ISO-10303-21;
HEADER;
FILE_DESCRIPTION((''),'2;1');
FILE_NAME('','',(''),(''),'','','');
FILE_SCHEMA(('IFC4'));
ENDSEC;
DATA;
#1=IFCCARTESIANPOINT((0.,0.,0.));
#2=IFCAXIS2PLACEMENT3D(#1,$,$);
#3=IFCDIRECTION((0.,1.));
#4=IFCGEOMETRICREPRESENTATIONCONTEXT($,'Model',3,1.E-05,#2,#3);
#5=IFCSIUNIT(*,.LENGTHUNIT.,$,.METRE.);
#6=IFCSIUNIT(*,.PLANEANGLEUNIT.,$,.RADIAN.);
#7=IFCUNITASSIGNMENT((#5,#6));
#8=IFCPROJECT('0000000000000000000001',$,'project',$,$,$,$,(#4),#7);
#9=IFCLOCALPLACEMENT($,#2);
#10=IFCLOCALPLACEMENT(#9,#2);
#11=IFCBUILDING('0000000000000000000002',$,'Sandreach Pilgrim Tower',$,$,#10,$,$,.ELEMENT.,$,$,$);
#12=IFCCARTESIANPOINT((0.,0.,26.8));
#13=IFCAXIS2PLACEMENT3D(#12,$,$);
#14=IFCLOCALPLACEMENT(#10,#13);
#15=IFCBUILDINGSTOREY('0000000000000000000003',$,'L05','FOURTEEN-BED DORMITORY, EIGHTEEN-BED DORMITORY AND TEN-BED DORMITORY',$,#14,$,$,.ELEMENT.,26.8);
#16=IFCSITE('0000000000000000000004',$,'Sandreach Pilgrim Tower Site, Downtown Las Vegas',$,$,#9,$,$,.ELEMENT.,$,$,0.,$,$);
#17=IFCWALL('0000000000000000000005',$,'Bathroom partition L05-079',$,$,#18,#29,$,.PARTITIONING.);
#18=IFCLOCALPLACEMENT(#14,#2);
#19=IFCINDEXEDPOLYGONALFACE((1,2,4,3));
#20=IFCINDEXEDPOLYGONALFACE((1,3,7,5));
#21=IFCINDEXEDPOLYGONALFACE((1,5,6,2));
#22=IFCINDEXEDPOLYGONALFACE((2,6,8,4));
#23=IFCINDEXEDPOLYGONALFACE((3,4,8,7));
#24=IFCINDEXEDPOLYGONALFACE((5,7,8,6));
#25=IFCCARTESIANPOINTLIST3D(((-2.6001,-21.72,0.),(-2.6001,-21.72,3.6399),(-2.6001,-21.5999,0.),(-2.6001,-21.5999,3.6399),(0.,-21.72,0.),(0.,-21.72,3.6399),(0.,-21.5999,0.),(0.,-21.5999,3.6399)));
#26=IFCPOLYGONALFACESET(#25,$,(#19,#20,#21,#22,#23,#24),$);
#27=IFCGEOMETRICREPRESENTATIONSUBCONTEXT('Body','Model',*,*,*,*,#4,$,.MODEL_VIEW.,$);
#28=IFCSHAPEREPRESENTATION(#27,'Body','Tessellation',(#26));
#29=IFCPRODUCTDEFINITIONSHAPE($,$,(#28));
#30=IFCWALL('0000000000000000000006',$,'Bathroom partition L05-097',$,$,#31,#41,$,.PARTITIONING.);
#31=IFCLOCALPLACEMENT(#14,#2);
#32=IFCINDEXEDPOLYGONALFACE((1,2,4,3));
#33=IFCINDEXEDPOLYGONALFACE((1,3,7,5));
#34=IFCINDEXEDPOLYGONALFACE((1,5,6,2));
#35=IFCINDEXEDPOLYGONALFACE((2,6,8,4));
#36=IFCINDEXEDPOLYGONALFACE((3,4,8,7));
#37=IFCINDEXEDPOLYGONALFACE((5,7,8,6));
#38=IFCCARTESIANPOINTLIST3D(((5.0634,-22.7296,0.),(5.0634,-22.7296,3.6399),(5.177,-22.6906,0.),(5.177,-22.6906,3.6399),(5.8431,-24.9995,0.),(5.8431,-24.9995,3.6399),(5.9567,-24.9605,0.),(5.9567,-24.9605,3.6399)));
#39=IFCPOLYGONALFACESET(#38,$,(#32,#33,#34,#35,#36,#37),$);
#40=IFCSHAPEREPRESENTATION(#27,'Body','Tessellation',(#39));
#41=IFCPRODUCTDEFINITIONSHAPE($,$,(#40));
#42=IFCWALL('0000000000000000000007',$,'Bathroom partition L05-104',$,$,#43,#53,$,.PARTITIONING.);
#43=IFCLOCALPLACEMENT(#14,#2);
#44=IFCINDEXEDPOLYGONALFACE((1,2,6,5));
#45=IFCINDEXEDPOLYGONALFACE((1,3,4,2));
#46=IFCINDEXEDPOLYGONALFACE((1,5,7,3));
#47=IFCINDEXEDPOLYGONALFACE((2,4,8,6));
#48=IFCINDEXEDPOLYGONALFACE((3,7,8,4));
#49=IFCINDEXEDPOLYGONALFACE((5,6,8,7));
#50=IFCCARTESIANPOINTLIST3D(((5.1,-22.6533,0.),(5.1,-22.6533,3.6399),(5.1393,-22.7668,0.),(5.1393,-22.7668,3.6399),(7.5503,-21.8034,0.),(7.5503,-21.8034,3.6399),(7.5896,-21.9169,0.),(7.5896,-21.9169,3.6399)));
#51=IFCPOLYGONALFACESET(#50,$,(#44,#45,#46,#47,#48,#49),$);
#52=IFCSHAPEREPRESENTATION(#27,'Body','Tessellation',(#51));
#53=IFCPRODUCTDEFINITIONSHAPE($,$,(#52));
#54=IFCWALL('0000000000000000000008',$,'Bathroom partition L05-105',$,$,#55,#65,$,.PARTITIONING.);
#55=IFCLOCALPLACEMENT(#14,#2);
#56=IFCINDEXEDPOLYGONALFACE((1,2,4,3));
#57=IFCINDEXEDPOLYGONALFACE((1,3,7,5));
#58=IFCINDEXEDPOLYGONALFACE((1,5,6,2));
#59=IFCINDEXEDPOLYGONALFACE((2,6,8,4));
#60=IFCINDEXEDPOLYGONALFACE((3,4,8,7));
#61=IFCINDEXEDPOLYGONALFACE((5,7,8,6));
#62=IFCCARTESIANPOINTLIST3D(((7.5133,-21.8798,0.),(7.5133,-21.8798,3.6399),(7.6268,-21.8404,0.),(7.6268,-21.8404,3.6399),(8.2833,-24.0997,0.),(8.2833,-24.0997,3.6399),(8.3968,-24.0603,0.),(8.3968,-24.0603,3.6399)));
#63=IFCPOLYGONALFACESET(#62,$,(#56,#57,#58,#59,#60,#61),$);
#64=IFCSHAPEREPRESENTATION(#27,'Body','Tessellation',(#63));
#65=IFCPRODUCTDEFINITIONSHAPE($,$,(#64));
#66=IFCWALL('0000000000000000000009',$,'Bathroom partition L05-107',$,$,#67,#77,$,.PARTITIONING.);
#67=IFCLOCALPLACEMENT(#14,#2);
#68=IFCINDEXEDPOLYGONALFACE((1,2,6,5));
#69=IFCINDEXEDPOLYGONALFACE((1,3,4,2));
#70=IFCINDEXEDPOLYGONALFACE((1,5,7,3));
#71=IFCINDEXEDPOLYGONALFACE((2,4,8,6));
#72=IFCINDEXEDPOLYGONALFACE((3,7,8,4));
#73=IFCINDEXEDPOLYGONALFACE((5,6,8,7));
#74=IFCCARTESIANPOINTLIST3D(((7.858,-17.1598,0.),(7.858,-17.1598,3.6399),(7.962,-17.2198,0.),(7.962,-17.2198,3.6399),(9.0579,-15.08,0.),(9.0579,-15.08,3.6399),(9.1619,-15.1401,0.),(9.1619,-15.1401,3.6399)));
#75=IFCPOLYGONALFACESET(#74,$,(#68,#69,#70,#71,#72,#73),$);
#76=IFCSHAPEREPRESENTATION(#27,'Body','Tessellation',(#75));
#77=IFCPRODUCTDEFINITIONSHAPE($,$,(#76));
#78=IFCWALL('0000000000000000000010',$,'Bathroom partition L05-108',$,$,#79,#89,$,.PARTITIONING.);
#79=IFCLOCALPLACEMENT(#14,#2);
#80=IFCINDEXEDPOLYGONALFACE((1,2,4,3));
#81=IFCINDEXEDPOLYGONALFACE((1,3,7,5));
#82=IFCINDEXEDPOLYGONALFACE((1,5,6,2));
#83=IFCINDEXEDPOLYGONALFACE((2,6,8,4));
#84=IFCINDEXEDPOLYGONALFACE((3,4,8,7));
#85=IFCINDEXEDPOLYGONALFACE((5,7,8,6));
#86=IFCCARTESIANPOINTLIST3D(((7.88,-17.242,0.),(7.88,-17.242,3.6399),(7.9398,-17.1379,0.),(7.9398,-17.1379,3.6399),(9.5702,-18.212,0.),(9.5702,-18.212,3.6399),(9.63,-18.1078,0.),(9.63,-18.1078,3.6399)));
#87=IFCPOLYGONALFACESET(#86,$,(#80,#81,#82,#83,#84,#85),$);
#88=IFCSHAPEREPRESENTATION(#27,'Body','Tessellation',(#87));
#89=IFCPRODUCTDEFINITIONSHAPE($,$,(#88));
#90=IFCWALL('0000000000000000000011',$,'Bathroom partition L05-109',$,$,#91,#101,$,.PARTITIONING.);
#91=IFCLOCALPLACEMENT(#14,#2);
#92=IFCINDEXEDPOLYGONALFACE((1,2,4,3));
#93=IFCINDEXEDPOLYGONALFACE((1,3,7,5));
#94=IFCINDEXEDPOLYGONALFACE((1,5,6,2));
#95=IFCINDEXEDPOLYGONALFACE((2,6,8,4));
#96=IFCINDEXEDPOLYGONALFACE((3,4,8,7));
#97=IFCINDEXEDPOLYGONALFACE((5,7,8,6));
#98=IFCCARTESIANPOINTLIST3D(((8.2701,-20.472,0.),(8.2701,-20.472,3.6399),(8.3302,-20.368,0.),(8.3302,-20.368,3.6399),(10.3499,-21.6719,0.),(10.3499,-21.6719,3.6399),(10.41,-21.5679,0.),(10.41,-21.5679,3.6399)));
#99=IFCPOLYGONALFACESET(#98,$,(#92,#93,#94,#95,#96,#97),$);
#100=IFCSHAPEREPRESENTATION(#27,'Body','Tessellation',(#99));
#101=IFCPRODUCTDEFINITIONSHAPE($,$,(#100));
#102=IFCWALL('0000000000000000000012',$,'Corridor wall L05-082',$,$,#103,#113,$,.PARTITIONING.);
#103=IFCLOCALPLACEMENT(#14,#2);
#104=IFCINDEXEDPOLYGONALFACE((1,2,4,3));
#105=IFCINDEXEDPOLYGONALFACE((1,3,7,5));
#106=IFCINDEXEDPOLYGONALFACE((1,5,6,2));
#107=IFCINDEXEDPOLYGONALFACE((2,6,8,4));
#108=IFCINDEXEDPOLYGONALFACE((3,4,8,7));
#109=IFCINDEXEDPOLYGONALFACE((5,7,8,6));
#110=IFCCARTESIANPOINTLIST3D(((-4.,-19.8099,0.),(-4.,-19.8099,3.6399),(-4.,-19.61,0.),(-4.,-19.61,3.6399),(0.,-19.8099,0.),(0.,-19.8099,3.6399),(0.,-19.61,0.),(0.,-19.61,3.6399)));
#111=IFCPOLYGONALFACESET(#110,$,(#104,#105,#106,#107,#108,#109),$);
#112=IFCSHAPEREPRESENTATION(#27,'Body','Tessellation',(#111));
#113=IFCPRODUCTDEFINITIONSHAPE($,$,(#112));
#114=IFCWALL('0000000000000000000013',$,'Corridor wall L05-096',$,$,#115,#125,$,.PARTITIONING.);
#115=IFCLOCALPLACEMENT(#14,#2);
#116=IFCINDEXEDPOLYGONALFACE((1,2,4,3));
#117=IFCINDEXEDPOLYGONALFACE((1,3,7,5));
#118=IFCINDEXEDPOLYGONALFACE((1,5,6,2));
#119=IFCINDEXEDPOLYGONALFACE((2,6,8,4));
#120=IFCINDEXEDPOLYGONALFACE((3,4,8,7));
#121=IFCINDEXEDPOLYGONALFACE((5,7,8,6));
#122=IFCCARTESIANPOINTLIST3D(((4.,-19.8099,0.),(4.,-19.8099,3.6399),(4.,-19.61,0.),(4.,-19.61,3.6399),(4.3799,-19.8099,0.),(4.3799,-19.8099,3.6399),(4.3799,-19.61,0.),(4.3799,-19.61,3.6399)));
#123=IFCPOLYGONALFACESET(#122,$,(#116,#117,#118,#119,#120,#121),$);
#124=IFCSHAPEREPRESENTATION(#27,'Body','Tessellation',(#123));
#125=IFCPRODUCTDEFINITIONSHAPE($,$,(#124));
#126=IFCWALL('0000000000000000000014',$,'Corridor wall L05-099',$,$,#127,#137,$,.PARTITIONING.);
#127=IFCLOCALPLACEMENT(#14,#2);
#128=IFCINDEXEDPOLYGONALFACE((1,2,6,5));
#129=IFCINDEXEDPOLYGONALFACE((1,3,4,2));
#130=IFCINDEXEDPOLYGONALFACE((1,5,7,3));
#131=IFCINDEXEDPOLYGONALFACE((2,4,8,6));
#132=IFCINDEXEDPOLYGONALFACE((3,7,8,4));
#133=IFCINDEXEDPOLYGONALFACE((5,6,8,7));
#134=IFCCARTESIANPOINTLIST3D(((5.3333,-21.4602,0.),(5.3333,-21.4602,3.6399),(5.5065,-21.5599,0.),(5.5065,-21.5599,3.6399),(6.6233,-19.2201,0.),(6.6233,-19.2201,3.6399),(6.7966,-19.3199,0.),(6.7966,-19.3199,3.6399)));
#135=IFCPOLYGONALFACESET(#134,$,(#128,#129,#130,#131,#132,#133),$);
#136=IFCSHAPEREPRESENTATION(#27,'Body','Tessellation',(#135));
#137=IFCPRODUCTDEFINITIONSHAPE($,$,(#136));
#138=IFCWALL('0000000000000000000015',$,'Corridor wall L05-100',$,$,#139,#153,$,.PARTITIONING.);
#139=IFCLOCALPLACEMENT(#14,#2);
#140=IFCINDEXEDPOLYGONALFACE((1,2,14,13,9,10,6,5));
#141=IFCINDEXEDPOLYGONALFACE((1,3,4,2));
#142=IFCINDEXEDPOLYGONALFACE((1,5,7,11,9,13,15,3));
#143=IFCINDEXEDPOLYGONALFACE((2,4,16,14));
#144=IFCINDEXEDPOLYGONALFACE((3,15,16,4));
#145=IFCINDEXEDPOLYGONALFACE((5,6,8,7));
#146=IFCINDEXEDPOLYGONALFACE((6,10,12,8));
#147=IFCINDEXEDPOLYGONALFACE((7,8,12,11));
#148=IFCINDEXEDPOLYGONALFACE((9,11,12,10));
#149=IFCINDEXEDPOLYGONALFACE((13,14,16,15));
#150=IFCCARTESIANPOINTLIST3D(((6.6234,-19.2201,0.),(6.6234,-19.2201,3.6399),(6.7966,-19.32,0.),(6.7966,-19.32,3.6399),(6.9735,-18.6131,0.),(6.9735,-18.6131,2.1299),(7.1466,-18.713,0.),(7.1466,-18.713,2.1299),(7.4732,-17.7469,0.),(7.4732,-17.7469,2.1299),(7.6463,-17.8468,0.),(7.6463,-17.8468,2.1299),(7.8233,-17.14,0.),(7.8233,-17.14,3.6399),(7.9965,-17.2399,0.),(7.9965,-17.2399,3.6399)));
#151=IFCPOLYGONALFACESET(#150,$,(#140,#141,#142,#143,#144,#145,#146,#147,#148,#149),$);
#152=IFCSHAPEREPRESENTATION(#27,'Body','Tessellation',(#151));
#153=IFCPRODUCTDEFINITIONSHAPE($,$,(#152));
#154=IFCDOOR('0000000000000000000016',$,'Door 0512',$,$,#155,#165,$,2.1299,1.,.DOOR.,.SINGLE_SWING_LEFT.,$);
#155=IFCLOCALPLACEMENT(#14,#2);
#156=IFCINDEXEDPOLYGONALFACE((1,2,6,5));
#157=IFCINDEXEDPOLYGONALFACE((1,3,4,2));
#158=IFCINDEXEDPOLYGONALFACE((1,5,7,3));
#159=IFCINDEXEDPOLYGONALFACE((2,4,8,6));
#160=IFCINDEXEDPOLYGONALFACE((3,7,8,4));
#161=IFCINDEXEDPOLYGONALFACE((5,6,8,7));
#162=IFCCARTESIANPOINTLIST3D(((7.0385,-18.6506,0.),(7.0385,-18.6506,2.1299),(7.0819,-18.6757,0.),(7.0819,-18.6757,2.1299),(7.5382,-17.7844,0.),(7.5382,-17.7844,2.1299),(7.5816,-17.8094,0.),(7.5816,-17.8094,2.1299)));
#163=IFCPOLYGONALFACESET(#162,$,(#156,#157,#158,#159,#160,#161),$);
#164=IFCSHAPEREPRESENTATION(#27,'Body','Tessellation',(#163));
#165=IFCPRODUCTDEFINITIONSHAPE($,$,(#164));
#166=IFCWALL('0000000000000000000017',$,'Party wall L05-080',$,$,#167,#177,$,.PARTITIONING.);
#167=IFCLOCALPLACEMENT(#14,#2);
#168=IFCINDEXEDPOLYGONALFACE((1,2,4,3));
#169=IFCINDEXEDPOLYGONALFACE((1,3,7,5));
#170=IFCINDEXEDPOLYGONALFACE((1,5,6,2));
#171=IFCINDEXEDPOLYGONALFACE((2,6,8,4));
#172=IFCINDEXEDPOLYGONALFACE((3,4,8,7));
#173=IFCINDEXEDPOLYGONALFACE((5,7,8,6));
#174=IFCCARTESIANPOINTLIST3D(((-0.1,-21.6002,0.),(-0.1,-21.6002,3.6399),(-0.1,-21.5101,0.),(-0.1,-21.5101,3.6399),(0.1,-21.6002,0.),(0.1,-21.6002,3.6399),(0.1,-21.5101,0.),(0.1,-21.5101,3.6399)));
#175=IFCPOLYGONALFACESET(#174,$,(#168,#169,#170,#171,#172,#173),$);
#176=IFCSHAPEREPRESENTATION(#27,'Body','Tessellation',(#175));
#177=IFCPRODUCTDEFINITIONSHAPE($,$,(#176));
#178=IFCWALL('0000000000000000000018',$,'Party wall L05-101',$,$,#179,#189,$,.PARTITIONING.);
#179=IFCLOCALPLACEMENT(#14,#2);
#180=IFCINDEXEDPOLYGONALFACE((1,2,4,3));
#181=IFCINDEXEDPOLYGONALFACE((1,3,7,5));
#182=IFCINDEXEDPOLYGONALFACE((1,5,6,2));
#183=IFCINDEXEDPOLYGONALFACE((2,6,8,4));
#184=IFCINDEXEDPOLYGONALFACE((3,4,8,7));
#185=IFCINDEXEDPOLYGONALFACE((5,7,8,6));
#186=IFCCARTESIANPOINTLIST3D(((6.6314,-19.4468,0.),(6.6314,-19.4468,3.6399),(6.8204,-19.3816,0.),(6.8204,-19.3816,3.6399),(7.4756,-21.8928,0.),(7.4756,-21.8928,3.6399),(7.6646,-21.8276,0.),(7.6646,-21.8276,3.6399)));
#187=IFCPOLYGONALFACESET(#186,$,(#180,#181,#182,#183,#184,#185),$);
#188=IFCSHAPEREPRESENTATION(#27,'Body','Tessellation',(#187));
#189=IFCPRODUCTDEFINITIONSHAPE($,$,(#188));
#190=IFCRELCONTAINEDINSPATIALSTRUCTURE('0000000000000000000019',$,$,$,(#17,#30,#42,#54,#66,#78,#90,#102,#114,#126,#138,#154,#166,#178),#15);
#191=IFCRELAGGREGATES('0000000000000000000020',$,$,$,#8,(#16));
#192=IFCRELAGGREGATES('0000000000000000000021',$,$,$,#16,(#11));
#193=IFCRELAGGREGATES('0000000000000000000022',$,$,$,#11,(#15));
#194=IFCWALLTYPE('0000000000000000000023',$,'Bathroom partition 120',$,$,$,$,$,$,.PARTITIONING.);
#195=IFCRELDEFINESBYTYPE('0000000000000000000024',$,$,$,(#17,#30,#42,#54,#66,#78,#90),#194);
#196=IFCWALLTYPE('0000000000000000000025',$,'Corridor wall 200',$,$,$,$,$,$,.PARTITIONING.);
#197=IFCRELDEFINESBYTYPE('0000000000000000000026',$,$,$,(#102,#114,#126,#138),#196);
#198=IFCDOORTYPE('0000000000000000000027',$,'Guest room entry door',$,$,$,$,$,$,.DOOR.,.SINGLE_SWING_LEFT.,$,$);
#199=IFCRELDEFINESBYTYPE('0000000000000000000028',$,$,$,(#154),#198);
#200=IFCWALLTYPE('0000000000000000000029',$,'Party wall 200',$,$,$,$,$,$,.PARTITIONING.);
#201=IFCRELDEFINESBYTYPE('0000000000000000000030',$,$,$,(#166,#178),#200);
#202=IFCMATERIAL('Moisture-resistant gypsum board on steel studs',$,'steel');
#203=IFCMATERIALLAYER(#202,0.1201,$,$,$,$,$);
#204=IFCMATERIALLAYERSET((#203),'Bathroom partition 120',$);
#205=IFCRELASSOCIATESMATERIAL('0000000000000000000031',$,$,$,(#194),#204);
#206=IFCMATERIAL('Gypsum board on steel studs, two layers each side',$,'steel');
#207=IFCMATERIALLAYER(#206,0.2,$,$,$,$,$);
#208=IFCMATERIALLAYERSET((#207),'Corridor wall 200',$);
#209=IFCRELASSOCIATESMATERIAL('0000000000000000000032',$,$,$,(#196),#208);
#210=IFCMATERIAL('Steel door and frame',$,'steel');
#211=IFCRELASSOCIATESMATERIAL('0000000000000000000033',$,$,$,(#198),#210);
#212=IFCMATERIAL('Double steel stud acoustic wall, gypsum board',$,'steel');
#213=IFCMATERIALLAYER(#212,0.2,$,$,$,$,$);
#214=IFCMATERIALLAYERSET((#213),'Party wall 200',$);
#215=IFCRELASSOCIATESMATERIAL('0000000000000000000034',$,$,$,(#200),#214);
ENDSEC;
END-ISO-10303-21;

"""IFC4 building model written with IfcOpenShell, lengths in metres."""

from ifc_helpers import new_model, si_unit, direction, frame, frame_2d, origin, place, context, subcontext, project, spatial, rectangle, extrude, material, layer, layer_set, type_object, element, fill, save


model = new_model("IFC4")

# Units and contexts
model_context = context("Model", 3, precision=1e-05, world=origin(), true_north=direction((0.0, 1.0)))
body_context = subcontext(model_context, "Body", "Model", "MODEL_VIEW")
ifc_project = project(units=[si_unit("LENGTHUNIT", "METRE"), si_unit("PLANEANGLEUNIT", "RADIAN")], contexts=[model_context])

# Site, building, storey
site_placement = place(None, origin())
site = spatial("IfcSite", under=ifc_project, at=site_placement, Name="Sandreach Pilgrim Tower Site, Downtown Las Vegas", CompositionType="ELEMENT", RefElevation=0.0)
building_placement = place(site_placement, origin())
building = spatial("IfcBuilding", under=site, at=building_placement, Name="Sandreach Pilgrim Tower", CompositionType="ELEMENT")
storey_placement = place(building_placement, frame((0.0, 0.0, 26.8)))
storey = spatial("IfcBuildingStorey", under=building, at=storey_placement, Name="L05", Description="FOURTEEN-BED DORMITORY, EIGHTEEN-BED DORMITORY AND TEN-BED DORMITORY", CompositionType="ELEMENT", Elevation=26.8)

# Walls
ifc_material_1 = material(Name="Moisture-resistant gypsum board on steel studs", Category="steel")
ifc_layer_1 = layer(ifc_material_1, 0.1201)
ifc_layer_set_1 = layer_set([ifc_layer_1], Name="Bathroom partition 120")
wall_type_1 = type_object("IfcWallType", Name="Bathroom partition 120", PredefinedType="PARTITIONING", material=ifc_layer_set_1)
wall_1_placement = place(storey_placement, frame((0.0, -21.6599, 0.0), z_axis=(0.0, 0.0, 1.0), x_axis=(-1.0, 0.0, 0.0)))
element("IfcWall", 1, at=wall_1_placement, inside=storey, type_object=wall_type_1, Name="Bathroom partition L05-079", PredefinedType="PARTITIONING", context=body_context, shape_type="SweptSolid", body=[
    extrude(rectangle(XDim=2.6001, YDim=0.1201, at=frame_2d((1.3, 0.0))), origin(), (0.0, 0.0, 1.0), 3.6399),
])
wall_2_placement = place(storey_placement, frame((5.1201, -22.71, 0.0), z_axis=(0.0, 0.0, 1.0), x_axis=(0.324881, -0.945755, 0.0)))
element("IfcWall", 2, at=wall_2_placement, inside=storey, type_object=wall_type_1, Name="Bathroom partition L05-097", PredefinedType="PARTITIONING", context=body_context, shape_type="SweptSolid", body=[
    extrude(rectangle(XDim=2.4001, YDim=0.1201, at=frame_2d((1.2002, 0.0))), origin(), (0.0, 0.0, 1.0), 3.6399),
])
wall_3_placement = place(storey_placement, frame((7.5701, -21.8601, 0.0), z_axis=(0.0, 0.0, 1.0), x_axis=(-0.944782, -0.327699, 0.0)))
element("IfcWall", 3, at=wall_3_placement, inside=storey, type_object=wall_type_1, Name="Bathroom partition L05-104", PredefinedType="PARTITIONING", context=body_context, shape_type="SweptSolid", body=[
    extrude(rectangle(XDim=2.5935, YDim=0.1201, at=frame_2d((1.2969, 0.0))), origin(), (0.0, 0.0, 1.0), 3.6399),
])
wall_4_placement = place(storey_placement, frame((7.5701, -21.8601, 0.0), z_axis=(0.0, 0.0, 1.0), x_axis=(0.327706, -0.94478, 0.0)))
element("IfcWall", 4, at=wall_4_placement, inside=storey, type_object=wall_type_1, Name="Bathroom partition L05-105", PredefinedType="PARTITIONING", context=body_context, shape_type="SweptSolid", body=[
    extrude(rectangle(XDim=2.3496, YDim=0.1201, at=frame_2d((1.1748, 0.0))), origin(), (0.0, 0.0, 1.0), 3.6399),
])
wall_5_placement = place(storey_placement, frame((7.9099, -17.1899, 0.0), z_axis=(0.0, 0.0, 1.0), x_axis=(0.499737, 0.866177, 0.0)))
element("IfcWall", 5, at=wall_5_placement, inside=storey, type_object=wall_type_1, Name="Bathroom partition L05-107", PredefinedType="PARTITIONING", context=body_context, shape_type="SweptSolid", body=[
    extrude(rectangle(XDim=2.4011, YDim=0.1201, at=frame_2d((1.2007, 0.0))), origin(), (0.0, 0.0, 1.0), 3.6399),
])
wall_6_placement = place(storey_placement, frame((7.9099, -17.1899, 0.0), z_axis=(0.0, 0.0, 1.0), x_axis=(0.867324, -0.497744, 0.0)))
element("IfcWall", 6, at=wall_6_placement, inside=storey, type_object=wall_type_1, Name="Bathroom partition L05-108", PredefinedType="PARTITIONING", context=body_context, shape_type="SweptSolid", body=[
    extrude(rectangle(XDim=1.9487, YDim=0.1201, at=frame_2d((0.9744, 0.0))), origin(), (0.0, 0.0, 1.0), 3.6399),
])
wall_7_placement = place(storey_placement, frame((8.3, -20.4199, 0.0), z_axis=(0.0, 0.0, 1.0), x_axis=(0.866177, -0.499737, 0.0)))
element("IfcWall", 7, at=wall_7_placement, inside=storey, type_object=wall_type_1, Name="Bathroom partition L05-109", PredefinedType="PARTITIONING", context=body_context, shape_type="SweptSolid", body=[
    extrude(rectangle(XDim=2.4011, YDim=0.1201, at=frame_2d((1.2007, 0.0))), origin(), (0.0, 0.0, 1.0), 3.6399),
])

# Shared definitions
ifc_material_2 = material(Name="Gypsum board on steel studs, two layers each side", Category="steel")
ifc_layer_2 = layer(ifc_material_2, 0.2)
ifc_layer_set_2 = layer_set([ifc_layer_2], Name="Corridor wall 200")
wall_type_2 = type_object("IfcWallType", Name="Corridor wall 200", PredefinedType="PARTITIONING", material=ifc_layer_set_2)
ifc_material_3 = material(Name="Steel door and frame", Category="steel")
door_type_1 = type_object("IfcDoorType", Name="Guest room entry door", OperationType="SINGLE_SWING_LEFT", PredefinedType="DOOR", material=ifc_material_3)

# Wall
wall_8_placement = place(storey_placement, frame((0.0, -19.71, 0.0), z_axis=(0.0, 0.0, 1.0), x_axis=(-1.0, 0.0, 0.0)))
element("IfcWall", 8, at=wall_8_placement, inside=storey, type_object=wall_type_2, Name="Corridor wall L05-082", PredefinedType="PARTITIONING", context=body_context, shape_type="SweptSolid", body=[
    extrude(rectangle(XDim=4.0, YDim=0.2, at=frame_2d((2.0, 0.0))), origin(), (0.0, 0.0, 1.0), 3.6399),
])

# Walls
wall_9_placement = place(storey_placement, frame((4.3799, -19.71, 0.0), z_axis=(0.0, 0.0, 1.0), x_axis=(-1.0, 0.0, 0.0)))
element("IfcWall", 9, at=wall_9_placement, inside=storey, type_object=wall_type_2, Name="Corridor wall L05-096", PredefinedType="PARTITIONING", context=body_context, shape_type="SweptSolid", body=[
    extrude(rectangle(XDim=0.3799, YDim=0.2, at=frame_2d((0.1899, 0.0))), origin(), (0.0, 0.0, 1.0), 3.6399),
])
wall_10_placement = place(storey_placement, frame((6.71, -19.27, 0.0), z_axis=(0.0, 0.0, 1.0), x_axis=(-0.499065, -0.866564, 0.0)))
element("IfcWall", 10, at=wall_10_placement, inside=storey, type_object=wall_type_2, Name="Corridor wall L05-099", PredefinedType="PARTITIONING", context=body_context, shape_type="SweptSolid", body=[
    extrude(rectangle(XDim=2.585, YDim=0.2, at=frame_2d((1.2925, 0.0))), origin(), (0.0, 0.0, 1.0), 3.6399),
])

# Wall, opening, door
wall_11_placement = place(storey_placement, frame((6.71, -19.27, 0.0), z_axis=(0.0, 0.0, 1.0), x_axis=(0.499693, 0.866203, 0.0)))
wall_11 = element("IfcWall", 11, at=wall_11_placement, inside=storey, type_object=wall_type_2, Name="Corridor wall L05-100", PredefinedType="PARTITIONING", context=body_context, shape_type="SweptSolid", body=[
    extrude(rectangle(XDim=2.4014, YDim=0.2, at=frame_2d((1.2007, 0.0))), origin(), (0.0, 0.0, 1.0), 3.6399),
])
opening_1_placement = place(wall_11_placement, frame((0.7007, 0.0, 0.0)))
opening_1 = element("IfcOpeningElement", 12, at=opening_1_placement, cuts=wall_11, PredefinedType="OPENING", context=body_context, shape_type="SweptSolid", body=[
    extrude(rectangle(XDim=1.0, YDim=2.1299, at=frame_2d((0.5, 1.0649))), frame((0.0, 0.1001, 0.0), z_axis=(0.0, -1.0, 0.0), x_axis=(1.0, 0.0, 0.0)), (0.0, 0.0, 1.0), 0.2),
])
door_1_placement = place(opening_1_placement, origin())
door_1 = element("IfcDoor", 13, at=door_1_placement, inside=storey, type_object=door_type_1, Name="Door 0512", OperationType="SINGLE_SWING_LEFT", OverallHeight=2.1299, OverallWidth=1.0, PredefinedType="DOOR", context=body_context, shape_type="SweptSolid", body=[
    extrude(rectangle(XDim=1.0, YDim=2.1299, at=frame_2d((0.5, 1.0649))), frame((0.0, 0.0249, 0.0), z_axis=(0.0, -1.0, 0.0), x_axis=(1.0, 0.0, 0.0)), (0.0, 0.0, 1.0), 0.05),
])
fill(opening_1, door_1)

# Walls
ifc_material_4 = material(Name="Double steel stud acoustic wall, gypsum board", Category="steel")
ifc_layer_3 = layer(ifc_material_4, 0.2)
ifc_layer_set_3 = layer_set([ifc_layer_3], Name="Party wall 200")
wall_type_3 = type_object("IfcWallType", Name="Party wall 200", PredefinedType="PARTITIONING", material=ifc_layer_set_3)
wall_12_placement = place(storey_placement, frame((0.0, -21.6001, 0.0), z_axis=(0.0, 0.0, 1.0), x_axis=(0.0, 1.0, 0.0)))
element("IfcWall", 14, at=wall_12_placement, inside=storey, type_object=wall_type_3, Name="Party wall L05-080", PredefinedType="PARTITIONING", context=body_context, shape_type="SweptSolid", body=[
    extrude(rectangle(XDim=0.0901, YDim=0.2, at=frame_2d((0.0449, 0.0))), origin(), (0.0, 0.0, 1.0), 3.6399),
])
wall_13_placement = place(storey_placement, frame((6.7258, -19.4141, 0.0), z_axis=(0.0, 0.0, 1.0), x_axis=(0.326258, -0.945281, 0.0)))
element("IfcWall", 15, at=wall_13_placement, inside=storey, type_object=wall_type_3, Name="Party wall L05-101", PredefinedType="PARTITIONING", context=body_context, shape_type="SweptSolid", body=[
    extrude(rectangle(XDim=2.5876, YDim=0.2, at=frame_2d((1.2939, 0.0))), origin(), (0.0, 0.0, 1.0), 3.6399),
])

save(model, "model.ifc")
